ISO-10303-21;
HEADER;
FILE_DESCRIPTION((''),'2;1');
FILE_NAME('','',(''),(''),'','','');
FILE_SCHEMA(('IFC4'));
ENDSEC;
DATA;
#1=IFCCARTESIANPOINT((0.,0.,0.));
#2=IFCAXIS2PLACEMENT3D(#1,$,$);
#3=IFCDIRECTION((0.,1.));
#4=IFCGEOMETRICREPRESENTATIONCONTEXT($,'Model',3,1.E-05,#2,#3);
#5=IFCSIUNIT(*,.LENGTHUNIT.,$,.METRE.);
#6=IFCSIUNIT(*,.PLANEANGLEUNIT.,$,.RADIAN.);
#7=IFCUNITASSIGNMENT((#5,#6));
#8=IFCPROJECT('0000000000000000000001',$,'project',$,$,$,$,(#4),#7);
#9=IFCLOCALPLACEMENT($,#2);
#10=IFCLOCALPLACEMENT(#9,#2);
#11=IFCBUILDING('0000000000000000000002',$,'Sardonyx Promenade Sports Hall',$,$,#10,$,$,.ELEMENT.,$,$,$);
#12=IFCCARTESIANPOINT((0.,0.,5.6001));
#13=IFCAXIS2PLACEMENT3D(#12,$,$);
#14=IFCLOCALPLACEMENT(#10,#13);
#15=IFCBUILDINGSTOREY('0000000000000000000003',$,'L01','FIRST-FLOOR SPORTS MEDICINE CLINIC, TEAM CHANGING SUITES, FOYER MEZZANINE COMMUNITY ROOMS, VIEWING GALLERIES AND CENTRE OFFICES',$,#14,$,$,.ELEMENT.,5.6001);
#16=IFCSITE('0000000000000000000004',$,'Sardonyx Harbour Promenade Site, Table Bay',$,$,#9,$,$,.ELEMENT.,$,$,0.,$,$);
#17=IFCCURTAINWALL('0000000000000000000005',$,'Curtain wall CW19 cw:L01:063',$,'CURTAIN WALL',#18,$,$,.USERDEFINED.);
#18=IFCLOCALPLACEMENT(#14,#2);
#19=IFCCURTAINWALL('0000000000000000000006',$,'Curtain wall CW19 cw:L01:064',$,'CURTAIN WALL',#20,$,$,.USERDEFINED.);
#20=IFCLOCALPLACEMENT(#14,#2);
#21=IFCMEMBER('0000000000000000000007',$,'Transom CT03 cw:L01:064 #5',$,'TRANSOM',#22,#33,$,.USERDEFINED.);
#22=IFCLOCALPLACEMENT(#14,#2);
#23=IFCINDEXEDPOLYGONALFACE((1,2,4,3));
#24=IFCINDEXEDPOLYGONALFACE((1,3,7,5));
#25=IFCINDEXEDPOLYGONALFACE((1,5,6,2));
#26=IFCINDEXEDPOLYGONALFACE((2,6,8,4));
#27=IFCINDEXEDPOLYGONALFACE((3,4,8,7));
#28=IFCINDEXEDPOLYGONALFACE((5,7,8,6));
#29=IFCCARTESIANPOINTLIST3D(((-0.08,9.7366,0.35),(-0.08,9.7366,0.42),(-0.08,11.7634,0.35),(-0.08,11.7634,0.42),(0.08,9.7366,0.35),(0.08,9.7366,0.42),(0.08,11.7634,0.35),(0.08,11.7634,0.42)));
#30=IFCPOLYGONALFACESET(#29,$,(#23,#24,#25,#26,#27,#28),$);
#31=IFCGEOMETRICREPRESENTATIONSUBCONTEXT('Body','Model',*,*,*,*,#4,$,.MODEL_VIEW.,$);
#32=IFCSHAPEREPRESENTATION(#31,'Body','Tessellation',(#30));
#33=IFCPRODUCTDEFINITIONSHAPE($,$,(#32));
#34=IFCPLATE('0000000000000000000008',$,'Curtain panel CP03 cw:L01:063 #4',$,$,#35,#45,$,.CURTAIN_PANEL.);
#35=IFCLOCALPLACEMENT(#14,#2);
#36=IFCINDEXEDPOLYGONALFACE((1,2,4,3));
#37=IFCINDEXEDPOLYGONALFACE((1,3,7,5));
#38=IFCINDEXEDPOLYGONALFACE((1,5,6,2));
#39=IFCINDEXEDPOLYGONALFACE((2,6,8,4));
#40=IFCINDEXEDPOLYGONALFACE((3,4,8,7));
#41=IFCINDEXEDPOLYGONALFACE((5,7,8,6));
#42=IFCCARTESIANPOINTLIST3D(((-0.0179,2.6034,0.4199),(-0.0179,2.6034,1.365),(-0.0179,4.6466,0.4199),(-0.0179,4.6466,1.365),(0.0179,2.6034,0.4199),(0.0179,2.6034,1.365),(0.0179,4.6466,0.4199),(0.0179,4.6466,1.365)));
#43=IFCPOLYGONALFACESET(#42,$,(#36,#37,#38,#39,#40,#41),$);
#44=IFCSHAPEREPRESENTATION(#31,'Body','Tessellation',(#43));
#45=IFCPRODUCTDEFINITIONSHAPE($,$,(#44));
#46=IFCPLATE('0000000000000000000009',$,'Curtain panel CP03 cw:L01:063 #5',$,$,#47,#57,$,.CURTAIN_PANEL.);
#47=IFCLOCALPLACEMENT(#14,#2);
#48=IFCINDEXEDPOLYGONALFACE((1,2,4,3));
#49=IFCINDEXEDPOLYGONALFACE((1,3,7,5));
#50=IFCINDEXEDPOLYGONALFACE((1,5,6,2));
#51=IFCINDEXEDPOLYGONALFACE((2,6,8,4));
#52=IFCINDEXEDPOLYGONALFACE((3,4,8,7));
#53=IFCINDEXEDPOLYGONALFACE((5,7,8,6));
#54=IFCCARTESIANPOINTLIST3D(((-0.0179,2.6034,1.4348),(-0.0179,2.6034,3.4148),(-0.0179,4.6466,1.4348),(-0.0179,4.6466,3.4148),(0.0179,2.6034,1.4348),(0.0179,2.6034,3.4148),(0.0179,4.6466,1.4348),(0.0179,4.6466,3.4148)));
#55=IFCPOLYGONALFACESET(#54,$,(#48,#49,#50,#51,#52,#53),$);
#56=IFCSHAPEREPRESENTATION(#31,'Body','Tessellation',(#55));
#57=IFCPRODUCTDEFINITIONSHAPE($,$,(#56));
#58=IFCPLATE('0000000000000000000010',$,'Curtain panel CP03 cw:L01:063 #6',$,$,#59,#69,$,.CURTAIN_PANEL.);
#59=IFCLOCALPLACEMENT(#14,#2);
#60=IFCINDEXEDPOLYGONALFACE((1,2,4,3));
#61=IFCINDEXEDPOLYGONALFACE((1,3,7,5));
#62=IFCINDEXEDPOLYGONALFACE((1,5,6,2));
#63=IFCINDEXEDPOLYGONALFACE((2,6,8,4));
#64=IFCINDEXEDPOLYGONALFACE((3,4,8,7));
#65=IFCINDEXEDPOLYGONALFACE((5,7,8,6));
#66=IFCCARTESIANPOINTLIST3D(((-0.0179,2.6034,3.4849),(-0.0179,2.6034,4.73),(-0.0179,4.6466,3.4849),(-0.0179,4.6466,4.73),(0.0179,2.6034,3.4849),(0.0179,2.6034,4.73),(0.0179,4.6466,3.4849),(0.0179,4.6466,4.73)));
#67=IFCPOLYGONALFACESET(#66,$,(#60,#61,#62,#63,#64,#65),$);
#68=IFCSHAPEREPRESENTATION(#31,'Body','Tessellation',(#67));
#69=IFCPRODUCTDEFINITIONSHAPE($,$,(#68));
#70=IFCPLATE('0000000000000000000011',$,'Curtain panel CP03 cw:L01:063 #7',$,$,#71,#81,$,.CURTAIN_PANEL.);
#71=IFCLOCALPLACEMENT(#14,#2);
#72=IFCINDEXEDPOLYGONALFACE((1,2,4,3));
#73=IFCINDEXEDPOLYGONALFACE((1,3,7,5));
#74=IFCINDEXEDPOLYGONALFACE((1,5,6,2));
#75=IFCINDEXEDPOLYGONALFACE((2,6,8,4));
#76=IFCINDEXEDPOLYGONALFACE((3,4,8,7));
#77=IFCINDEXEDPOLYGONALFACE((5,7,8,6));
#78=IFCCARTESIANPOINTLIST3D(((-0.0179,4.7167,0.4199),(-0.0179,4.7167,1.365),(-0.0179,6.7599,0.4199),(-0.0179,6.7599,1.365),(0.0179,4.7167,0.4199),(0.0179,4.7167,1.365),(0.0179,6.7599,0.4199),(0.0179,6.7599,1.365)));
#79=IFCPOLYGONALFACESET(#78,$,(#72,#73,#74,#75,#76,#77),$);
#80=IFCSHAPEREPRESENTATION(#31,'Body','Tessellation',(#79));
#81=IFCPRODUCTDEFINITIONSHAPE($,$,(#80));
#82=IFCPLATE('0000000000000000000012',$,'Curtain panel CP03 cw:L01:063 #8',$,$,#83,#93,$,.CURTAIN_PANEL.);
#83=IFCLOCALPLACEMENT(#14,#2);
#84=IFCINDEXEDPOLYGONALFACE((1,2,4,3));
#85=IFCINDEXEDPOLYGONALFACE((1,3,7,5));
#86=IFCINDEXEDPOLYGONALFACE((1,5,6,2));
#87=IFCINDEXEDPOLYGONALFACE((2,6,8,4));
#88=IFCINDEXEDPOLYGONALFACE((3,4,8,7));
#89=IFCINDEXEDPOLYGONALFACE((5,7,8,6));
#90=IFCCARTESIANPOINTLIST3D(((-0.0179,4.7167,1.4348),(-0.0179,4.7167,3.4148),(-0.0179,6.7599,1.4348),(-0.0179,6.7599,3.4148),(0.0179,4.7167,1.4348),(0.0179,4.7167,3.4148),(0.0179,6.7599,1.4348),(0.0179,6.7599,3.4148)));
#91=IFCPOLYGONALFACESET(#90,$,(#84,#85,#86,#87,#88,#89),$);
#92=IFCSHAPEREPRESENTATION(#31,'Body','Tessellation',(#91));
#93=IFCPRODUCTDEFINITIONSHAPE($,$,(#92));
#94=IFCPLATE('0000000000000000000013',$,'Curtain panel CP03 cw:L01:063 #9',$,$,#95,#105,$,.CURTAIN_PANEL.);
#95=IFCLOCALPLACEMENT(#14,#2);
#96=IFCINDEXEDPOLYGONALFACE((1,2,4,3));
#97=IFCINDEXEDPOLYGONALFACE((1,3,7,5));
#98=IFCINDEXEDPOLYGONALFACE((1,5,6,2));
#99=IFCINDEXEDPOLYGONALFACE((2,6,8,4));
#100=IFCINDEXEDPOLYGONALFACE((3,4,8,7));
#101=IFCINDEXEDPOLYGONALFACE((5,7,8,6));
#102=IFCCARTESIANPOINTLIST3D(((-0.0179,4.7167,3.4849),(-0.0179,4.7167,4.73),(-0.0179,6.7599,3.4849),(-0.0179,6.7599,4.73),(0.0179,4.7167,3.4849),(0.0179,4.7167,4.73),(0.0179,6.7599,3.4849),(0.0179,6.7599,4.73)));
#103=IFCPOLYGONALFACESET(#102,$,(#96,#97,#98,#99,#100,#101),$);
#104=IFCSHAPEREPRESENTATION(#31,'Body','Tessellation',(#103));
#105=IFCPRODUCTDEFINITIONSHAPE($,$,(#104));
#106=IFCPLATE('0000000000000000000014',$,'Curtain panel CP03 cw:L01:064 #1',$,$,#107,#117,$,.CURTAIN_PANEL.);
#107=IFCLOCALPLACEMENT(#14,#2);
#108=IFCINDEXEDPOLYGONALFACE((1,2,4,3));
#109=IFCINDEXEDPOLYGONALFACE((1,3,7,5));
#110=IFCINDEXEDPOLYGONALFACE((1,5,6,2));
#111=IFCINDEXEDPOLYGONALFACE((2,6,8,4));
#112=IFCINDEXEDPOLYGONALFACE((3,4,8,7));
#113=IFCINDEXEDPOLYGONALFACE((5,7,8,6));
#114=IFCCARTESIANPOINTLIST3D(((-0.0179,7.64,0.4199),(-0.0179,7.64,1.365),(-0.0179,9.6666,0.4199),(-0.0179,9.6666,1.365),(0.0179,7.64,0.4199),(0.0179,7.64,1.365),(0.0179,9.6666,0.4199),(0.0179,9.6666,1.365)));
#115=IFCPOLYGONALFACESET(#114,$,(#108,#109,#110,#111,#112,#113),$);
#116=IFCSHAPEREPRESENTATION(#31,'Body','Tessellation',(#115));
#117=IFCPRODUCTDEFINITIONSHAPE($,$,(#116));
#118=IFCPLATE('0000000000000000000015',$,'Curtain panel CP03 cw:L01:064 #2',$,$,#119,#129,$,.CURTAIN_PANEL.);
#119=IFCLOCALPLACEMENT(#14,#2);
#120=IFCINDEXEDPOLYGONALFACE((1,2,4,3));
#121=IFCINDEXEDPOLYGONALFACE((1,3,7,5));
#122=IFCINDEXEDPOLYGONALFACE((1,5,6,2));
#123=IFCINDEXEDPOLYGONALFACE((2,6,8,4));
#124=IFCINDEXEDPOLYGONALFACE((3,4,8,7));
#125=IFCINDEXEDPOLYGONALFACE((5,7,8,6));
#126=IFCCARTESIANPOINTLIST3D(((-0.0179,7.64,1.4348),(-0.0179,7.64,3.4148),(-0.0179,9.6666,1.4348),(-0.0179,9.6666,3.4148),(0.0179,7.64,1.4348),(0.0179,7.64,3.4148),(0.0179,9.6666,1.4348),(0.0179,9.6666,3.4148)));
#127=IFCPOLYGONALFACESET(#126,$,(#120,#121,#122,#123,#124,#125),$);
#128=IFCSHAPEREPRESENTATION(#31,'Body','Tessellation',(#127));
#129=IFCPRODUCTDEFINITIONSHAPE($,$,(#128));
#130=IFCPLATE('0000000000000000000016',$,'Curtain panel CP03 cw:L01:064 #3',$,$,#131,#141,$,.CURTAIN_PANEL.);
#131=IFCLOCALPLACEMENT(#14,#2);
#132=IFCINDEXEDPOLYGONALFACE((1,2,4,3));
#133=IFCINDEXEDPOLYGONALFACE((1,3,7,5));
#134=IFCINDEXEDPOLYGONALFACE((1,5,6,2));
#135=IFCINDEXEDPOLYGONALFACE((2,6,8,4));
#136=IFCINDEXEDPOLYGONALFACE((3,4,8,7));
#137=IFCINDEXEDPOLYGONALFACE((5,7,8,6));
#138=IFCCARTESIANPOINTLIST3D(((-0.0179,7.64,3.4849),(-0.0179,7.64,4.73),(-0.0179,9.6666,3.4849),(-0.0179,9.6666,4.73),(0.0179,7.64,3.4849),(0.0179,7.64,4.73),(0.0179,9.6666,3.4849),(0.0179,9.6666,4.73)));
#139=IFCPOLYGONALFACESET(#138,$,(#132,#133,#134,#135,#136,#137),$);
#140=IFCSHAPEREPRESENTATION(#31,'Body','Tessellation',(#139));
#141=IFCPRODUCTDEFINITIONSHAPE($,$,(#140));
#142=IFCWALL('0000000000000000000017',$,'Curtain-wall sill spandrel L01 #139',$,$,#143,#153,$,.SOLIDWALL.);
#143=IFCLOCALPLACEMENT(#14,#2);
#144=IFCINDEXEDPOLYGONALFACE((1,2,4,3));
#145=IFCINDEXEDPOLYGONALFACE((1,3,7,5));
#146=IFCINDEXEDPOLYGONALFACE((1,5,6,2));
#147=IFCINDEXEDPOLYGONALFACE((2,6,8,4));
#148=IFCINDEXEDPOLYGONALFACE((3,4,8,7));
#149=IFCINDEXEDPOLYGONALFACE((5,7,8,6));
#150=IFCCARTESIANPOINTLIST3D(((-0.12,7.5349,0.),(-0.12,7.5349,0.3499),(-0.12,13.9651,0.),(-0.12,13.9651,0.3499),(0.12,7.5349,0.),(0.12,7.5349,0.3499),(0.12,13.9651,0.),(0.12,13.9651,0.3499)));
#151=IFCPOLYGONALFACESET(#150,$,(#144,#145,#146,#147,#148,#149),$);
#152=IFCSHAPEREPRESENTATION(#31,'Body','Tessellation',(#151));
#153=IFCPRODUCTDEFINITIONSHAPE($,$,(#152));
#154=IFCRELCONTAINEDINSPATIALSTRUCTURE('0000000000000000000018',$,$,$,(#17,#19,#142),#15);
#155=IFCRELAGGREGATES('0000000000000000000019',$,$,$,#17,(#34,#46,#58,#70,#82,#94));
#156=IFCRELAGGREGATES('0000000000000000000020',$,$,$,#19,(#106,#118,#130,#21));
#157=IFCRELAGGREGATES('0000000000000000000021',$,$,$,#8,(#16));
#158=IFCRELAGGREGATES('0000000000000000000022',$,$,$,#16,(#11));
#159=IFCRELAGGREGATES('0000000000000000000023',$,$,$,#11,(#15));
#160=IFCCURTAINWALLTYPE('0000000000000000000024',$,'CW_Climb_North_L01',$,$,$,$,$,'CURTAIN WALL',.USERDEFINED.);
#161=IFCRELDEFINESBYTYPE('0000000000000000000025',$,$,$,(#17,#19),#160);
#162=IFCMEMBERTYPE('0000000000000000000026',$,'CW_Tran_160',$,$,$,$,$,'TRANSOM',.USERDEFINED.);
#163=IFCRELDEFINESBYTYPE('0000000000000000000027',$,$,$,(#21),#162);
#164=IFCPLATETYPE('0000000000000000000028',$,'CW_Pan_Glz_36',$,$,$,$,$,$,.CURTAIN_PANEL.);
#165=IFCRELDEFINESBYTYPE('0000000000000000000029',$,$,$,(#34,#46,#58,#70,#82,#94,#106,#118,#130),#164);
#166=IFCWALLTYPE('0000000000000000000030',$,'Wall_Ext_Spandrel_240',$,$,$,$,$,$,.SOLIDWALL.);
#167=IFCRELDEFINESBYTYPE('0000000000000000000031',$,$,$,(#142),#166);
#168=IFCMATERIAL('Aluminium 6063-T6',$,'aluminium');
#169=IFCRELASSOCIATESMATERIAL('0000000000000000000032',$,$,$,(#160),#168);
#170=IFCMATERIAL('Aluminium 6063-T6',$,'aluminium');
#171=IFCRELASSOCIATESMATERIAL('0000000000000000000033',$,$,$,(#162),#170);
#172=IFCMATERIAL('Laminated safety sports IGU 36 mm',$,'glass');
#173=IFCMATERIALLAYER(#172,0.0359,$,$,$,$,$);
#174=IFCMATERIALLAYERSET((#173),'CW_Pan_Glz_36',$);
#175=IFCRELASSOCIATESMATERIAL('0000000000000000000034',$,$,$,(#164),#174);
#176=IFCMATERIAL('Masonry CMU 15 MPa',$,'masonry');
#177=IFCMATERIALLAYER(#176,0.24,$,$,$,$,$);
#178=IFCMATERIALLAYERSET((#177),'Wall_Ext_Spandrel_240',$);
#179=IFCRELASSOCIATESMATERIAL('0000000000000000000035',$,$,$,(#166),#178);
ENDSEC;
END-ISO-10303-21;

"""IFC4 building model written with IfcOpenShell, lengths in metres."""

from ifc_helpers import new_model, si_unit, direction, frame, frame_2d, origin, origin_2d, place, context, subcontext, project, spatial, rectangle, extrude, material, layer, layer_set, material_profile, profile_set, type_object, element, aggregate, save


model = new_model("IFC4")

# Units and contexts
model_context = context("Model", 3, precision=1e-05, world=origin(), true_north=direction((0.0, 1.0)))
body_context = subcontext(model_context, "Body", "Model", "MODEL_VIEW")
ifc_project = project(units=[si_unit("LENGTHUNIT", "METRE"), si_unit("PLANEANGLEUNIT", "RADIAN")], contexts=[model_context])

# Site, building, storey
site_placement = place(None, origin())
site = spatial("IfcSite", under=ifc_project, at=site_placement, Name="Sardonyx Harbour Promenade Site, Table Bay", CompositionType="ELEMENT", RefElevation=0.0)
building_placement = place(site_placement, origin())
building = spatial("IfcBuilding", under=site, at=building_placement, Name="Sardonyx Promenade Sports Hall", CompositionType="ELEMENT")
storey_placement = place(building_placement, frame((0.0, 0.0, 5.6001)))
storey = spatial("IfcBuildingStorey", under=building, at=storey_placement, Name="L01", Description="FIRST-FLOOR SPORTS MEDICINE CLINIC, TEAM CHANGING SUITES, FOYER MEZZANINE COMMUNITY ROOMS, VIEWING GALLERIES AND CENTRE OFFICES", CompositionType="ELEMENT", Elevation=5.6001)

# Curtain walls
ifc_material_1 = material(Name="Aluminium 6063-T6", Category="aluminium")
curtain_wall_type = type_object("IfcCurtainWallType", Name="CW_Climb_North_L01", ElementType="CURTAIN WALL", PredefinedType="USERDEFINED", material=ifc_material_1)
curtain_wall_1_placement = place(storey_placement, origin())
curtain_wall_1 = element("IfcCurtainWall", 1, at=curtain_wall_1_placement, inside=storey, type_object=curtain_wall_type, Name="Curtain wall CW19 cw:L01:063", ObjectType="CURTAIN WALL", PredefinedType="USERDEFINED")
curtain_wall_2_placement = place(storey_placement, origin())
curtain_wall_2 = element("IfcCurtainWall", 2, at=curtain_wall_2_placement, inside=storey, type_object=curtain_wall_type, Name="Curtain wall CW19 cw:L01:064", ObjectType="CURTAIN WALL", PredefinedType="USERDEFINED")

# Member
ifc_material_2 = material(Name="Aluminium 6063-T6", Category="aluminium")
ifc_material_profile_1 = material_profile(ifc_material_2, rectangle(XDim=0.0701, YDim=0.1599, at=origin_2d()))
ifc_profile_set_1 = profile_set([ifc_material_profile_1], Name="Aluminium 6063-T6")
member_type_1 = type_object("IfcMemberType", Name="CW_Tran_160", ElementType="TRANSOM", PredefinedType="USERDEFINED", material=ifc_profile_set_1)
member_1_placement = place(storey_placement, frame((0.0, 9.7366, 0.385), z_axis=(0.0, 1.0, 0.0), x_axis=(0.0, 0.0, 1.0)))
member_1 = element("IfcMember", 3, at=member_1_placement, type_object=member_type_1, Name="Transom CT03 cw:L01:064 #5", ObjectType="TRANSOM", PredefinedType="USERDEFINED", context=body_context, shape_type="SweptSolid", body=[
    extrude(rectangle(XDim=0.0701, YDim=0.1599, at=origin_2d()), origin(), (0.0, 0.0, 1.0), 2.0269),
])

# Plates
ifc_material_3 = material(Name="Laminated safety sports IGU 36 mm", Category="glass")
ifc_layer_1 = layer(ifc_material_3, 0.0359)
ifc_layer_set_1 = layer_set([ifc_layer_1], Name="CW_Pan_Glz_36")
plate_type = type_object("IfcPlateType", Name="CW_Pan_Glz_36", PredefinedType="CURTAIN_PANEL", material=ifc_layer_set_1)
plate_1_placement = place(storey_placement, frame((0.0, 3.625, 0.4199), z_axis=(0.0, 0.0, 1.0), x_axis=(0.0, 1.0, 0.0)))
plate_1 = element("IfcPlate", 4, at=plate_1_placement, type_object=plate_type, Name="Curtain panel CP03 cw:L01:063 #4", PredefinedType="CURTAIN_PANEL", context=body_context, shape_type="SweptSolid", body=[
    extrude(rectangle(XDim=2.0432, YDim=0.0359, at=origin_2d()), origin(), (0.0, 0.0, 1.0), 0.9451),
])
plate_2_placement = place(storey_placement, frame((0.0, 3.625, 1.4348), z_axis=(0.0, 0.0, 1.0), x_axis=(0.0, 1.0, 0.0)))
plate_2 = element("IfcPlate", 5, at=plate_2_placement, type_object=plate_type, Name="Curtain panel CP03 cw:L01:063 #5", PredefinedType="CURTAIN_PANEL", context=body_context, shape_type="SweptSolid", body=[
    extrude(rectangle(XDim=2.0432, YDim=0.0359, at=origin_2d()), origin(), (0.0, 0.0, 1.0), 1.98),
])
plate_3_placement = place(storey_placement, frame((0.0, 3.625, 3.4849), z_axis=(0.0, 0.0, 1.0), x_axis=(0.0, 1.0, 0.0)))
plate_3 = element("IfcPlate", 6, at=plate_3_placement, type_object=plate_type, Name="Curtain panel CP03 cw:L01:063 #6", PredefinedType="CURTAIN_PANEL", context=body_context, shape_type="SweptSolid", body=[
    extrude(rectangle(XDim=2.0432, YDim=0.0359, at=origin_2d()), origin(), (0.0, 0.0, 1.0), 1.2451),
])
plate_4_placement = place(storey_placement, frame((0.0, 5.7383, 0.4199), z_axis=(0.0, 0.0, 1.0), x_axis=(0.0, 1.0, 0.0)))
plate_4 = element("IfcPlate", 7, at=plate_4_placement, type_object=plate_type, Name="Curtain panel CP03 cw:L01:063 #7", PredefinedType="CURTAIN_PANEL", context=body_context, shape_type="SweptSolid", body=[
    extrude(rectangle(XDim=2.0432, YDim=0.0359, at=origin_2d()), origin(), (0.0, 0.0, 1.0), 0.9451),
])
plate_5_placement = place(storey_placement, frame((0.0, 5.7383, 1.4348), z_axis=(0.0, 0.0, 1.0), x_axis=(0.0, 1.0, 0.0)))
plate_5 = element("IfcPlate", 8, at=plate_5_placement, type_object=plate_type, Name="Curtain panel CP03 cw:L01:063 #8", PredefinedType="CURTAIN_PANEL", context=body_context, shape_type="SweptSolid", body=[
    extrude(rectangle(XDim=2.0432, YDim=0.0359, at=origin_2d()), origin(), (0.0, 0.0, 1.0), 1.98),
])
plate_6_placement = place(storey_placement, frame((0.0, 5.7383, 3.4849), z_axis=(0.0, 0.0, 1.0), x_axis=(0.0, 1.0, 0.0)))
plate_6 = element("IfcPlate", 9, at=plate_6_placement, type_object=plate_type, Name="Curtain panel CP03 cw:L01:063 #9", PredefinedType="CURTAIN_PANEL", context=body_context, shape_type="SweptSolid", body=[
    extrude(rectangle(XDim=2.0432, YDim=0.0359, at=origin_2d()), origin(), (0.0, 0.0, 1.0), 1.2451),
])
aggregate(curtain_wall_1, [plate_1, plate_2, plate_3, plate_4, plate_5, plate_6])
plate_7_placement = place(storey_placement, frame((0.0, 8.6533, 0.4199), z_axis=(0.0, 0.0, 1.0), x_axis=(0.0, 1.0, 0.0)))
plate_7 = element("IfcPlate", 10, at=plate_7_placement, type_object=plate_type, Name="Curtain panel CP03 cw:L01:064 #1", PredefinedType="CURTAIN_PANEL", context=body_context, shape_type="SweptSolid", body=[
    extrude(rectangle(XDim=2.0266, YDim=0.0359, at=origin_2d()), origin(), (0.0, 0.0, 1.0), 0.9451),
])
plate_8_placement = place(storey_placement, frame((0.0, 8.6533, 1.4348), z_axis=(0.0, 0.0, 1.0), x_axis=(0.0, 1.0, 0.0)))
plate_8 = element("IfcPlate", 11, at=plate_8_placement, type_object=plate_type, Name="Curtain panel CP03 cw:L01:064 #2", PredefinedType="CURTAIN_PANEL", context=body_context, shape_type="SweptSolid", body=[
    extrude(rectangle(XDim=2.0266, YDim=0.0359, at=origin_2d()), origin(), (0.0, 0.0, 1.0), 1.98),
])
plate_9_placement = place(storey_placement, frame((0.0, 8.6533, 3.4849), z_axis=(0.0, 0.0, 1.0), x_axis=(0.0, 1.0, 0.0)))
plate_9 = element("IfcPlate", 12, at=plate_9_placement, type_object=plate_type, Name="Curtain panel CP03 cw:L01:064 #3", PredefinedType="CURTAIN_PANEL", context=body_context, shape_type="SweptSolid", body=[
    extrude(rectangle(XDim=2.0266, YDim=0.0359, at=origin_2d()), origin(), (0.0, 0.0, 1.0), 1.2451),
])
aggregate(curtain_wall_2, [plate_7, plate_8, plate_9, member_1])

# Wall
ifc_material_4 = material(Name="Masonry CMU 15 MPa", Category="masonry")
ifc_layer_2 = layer(ifc_material_4, 0.24)
ifc_layer_set_2 = layer_set([ifc_layer_2], Name="Wall_Ext_Spandrel_240")
wall_type = type_object("IfcWallType", Name="Wall_Ext_Spandrel_240", PredefinedType="SOLIDWALL", material=ifc_layer_set_2)
wall_placement = place(storey_placement, frame((0.0, 7.5349, 0.0), z_axis=(0.0, 0.0, 1.0), x_axis=(0.0, 1.0, 0.0)))
element("IfcWall", 13, at=wall_placement, inside=storey, type_object=wall_type, Name="Curtain-wall sill spandrel L01 #139", PredefinedType="SOLIDWALL", context=body_context, shape_type="SweptSolid", body=[
    extrude(rectangle(XDim=6.4302, YDim=0.24, at=frame_2d((3.2151, 0.0))), origin(), (0.0, 0.0, 1.0), 0.3499),
])

save(model, "model.ifc")
